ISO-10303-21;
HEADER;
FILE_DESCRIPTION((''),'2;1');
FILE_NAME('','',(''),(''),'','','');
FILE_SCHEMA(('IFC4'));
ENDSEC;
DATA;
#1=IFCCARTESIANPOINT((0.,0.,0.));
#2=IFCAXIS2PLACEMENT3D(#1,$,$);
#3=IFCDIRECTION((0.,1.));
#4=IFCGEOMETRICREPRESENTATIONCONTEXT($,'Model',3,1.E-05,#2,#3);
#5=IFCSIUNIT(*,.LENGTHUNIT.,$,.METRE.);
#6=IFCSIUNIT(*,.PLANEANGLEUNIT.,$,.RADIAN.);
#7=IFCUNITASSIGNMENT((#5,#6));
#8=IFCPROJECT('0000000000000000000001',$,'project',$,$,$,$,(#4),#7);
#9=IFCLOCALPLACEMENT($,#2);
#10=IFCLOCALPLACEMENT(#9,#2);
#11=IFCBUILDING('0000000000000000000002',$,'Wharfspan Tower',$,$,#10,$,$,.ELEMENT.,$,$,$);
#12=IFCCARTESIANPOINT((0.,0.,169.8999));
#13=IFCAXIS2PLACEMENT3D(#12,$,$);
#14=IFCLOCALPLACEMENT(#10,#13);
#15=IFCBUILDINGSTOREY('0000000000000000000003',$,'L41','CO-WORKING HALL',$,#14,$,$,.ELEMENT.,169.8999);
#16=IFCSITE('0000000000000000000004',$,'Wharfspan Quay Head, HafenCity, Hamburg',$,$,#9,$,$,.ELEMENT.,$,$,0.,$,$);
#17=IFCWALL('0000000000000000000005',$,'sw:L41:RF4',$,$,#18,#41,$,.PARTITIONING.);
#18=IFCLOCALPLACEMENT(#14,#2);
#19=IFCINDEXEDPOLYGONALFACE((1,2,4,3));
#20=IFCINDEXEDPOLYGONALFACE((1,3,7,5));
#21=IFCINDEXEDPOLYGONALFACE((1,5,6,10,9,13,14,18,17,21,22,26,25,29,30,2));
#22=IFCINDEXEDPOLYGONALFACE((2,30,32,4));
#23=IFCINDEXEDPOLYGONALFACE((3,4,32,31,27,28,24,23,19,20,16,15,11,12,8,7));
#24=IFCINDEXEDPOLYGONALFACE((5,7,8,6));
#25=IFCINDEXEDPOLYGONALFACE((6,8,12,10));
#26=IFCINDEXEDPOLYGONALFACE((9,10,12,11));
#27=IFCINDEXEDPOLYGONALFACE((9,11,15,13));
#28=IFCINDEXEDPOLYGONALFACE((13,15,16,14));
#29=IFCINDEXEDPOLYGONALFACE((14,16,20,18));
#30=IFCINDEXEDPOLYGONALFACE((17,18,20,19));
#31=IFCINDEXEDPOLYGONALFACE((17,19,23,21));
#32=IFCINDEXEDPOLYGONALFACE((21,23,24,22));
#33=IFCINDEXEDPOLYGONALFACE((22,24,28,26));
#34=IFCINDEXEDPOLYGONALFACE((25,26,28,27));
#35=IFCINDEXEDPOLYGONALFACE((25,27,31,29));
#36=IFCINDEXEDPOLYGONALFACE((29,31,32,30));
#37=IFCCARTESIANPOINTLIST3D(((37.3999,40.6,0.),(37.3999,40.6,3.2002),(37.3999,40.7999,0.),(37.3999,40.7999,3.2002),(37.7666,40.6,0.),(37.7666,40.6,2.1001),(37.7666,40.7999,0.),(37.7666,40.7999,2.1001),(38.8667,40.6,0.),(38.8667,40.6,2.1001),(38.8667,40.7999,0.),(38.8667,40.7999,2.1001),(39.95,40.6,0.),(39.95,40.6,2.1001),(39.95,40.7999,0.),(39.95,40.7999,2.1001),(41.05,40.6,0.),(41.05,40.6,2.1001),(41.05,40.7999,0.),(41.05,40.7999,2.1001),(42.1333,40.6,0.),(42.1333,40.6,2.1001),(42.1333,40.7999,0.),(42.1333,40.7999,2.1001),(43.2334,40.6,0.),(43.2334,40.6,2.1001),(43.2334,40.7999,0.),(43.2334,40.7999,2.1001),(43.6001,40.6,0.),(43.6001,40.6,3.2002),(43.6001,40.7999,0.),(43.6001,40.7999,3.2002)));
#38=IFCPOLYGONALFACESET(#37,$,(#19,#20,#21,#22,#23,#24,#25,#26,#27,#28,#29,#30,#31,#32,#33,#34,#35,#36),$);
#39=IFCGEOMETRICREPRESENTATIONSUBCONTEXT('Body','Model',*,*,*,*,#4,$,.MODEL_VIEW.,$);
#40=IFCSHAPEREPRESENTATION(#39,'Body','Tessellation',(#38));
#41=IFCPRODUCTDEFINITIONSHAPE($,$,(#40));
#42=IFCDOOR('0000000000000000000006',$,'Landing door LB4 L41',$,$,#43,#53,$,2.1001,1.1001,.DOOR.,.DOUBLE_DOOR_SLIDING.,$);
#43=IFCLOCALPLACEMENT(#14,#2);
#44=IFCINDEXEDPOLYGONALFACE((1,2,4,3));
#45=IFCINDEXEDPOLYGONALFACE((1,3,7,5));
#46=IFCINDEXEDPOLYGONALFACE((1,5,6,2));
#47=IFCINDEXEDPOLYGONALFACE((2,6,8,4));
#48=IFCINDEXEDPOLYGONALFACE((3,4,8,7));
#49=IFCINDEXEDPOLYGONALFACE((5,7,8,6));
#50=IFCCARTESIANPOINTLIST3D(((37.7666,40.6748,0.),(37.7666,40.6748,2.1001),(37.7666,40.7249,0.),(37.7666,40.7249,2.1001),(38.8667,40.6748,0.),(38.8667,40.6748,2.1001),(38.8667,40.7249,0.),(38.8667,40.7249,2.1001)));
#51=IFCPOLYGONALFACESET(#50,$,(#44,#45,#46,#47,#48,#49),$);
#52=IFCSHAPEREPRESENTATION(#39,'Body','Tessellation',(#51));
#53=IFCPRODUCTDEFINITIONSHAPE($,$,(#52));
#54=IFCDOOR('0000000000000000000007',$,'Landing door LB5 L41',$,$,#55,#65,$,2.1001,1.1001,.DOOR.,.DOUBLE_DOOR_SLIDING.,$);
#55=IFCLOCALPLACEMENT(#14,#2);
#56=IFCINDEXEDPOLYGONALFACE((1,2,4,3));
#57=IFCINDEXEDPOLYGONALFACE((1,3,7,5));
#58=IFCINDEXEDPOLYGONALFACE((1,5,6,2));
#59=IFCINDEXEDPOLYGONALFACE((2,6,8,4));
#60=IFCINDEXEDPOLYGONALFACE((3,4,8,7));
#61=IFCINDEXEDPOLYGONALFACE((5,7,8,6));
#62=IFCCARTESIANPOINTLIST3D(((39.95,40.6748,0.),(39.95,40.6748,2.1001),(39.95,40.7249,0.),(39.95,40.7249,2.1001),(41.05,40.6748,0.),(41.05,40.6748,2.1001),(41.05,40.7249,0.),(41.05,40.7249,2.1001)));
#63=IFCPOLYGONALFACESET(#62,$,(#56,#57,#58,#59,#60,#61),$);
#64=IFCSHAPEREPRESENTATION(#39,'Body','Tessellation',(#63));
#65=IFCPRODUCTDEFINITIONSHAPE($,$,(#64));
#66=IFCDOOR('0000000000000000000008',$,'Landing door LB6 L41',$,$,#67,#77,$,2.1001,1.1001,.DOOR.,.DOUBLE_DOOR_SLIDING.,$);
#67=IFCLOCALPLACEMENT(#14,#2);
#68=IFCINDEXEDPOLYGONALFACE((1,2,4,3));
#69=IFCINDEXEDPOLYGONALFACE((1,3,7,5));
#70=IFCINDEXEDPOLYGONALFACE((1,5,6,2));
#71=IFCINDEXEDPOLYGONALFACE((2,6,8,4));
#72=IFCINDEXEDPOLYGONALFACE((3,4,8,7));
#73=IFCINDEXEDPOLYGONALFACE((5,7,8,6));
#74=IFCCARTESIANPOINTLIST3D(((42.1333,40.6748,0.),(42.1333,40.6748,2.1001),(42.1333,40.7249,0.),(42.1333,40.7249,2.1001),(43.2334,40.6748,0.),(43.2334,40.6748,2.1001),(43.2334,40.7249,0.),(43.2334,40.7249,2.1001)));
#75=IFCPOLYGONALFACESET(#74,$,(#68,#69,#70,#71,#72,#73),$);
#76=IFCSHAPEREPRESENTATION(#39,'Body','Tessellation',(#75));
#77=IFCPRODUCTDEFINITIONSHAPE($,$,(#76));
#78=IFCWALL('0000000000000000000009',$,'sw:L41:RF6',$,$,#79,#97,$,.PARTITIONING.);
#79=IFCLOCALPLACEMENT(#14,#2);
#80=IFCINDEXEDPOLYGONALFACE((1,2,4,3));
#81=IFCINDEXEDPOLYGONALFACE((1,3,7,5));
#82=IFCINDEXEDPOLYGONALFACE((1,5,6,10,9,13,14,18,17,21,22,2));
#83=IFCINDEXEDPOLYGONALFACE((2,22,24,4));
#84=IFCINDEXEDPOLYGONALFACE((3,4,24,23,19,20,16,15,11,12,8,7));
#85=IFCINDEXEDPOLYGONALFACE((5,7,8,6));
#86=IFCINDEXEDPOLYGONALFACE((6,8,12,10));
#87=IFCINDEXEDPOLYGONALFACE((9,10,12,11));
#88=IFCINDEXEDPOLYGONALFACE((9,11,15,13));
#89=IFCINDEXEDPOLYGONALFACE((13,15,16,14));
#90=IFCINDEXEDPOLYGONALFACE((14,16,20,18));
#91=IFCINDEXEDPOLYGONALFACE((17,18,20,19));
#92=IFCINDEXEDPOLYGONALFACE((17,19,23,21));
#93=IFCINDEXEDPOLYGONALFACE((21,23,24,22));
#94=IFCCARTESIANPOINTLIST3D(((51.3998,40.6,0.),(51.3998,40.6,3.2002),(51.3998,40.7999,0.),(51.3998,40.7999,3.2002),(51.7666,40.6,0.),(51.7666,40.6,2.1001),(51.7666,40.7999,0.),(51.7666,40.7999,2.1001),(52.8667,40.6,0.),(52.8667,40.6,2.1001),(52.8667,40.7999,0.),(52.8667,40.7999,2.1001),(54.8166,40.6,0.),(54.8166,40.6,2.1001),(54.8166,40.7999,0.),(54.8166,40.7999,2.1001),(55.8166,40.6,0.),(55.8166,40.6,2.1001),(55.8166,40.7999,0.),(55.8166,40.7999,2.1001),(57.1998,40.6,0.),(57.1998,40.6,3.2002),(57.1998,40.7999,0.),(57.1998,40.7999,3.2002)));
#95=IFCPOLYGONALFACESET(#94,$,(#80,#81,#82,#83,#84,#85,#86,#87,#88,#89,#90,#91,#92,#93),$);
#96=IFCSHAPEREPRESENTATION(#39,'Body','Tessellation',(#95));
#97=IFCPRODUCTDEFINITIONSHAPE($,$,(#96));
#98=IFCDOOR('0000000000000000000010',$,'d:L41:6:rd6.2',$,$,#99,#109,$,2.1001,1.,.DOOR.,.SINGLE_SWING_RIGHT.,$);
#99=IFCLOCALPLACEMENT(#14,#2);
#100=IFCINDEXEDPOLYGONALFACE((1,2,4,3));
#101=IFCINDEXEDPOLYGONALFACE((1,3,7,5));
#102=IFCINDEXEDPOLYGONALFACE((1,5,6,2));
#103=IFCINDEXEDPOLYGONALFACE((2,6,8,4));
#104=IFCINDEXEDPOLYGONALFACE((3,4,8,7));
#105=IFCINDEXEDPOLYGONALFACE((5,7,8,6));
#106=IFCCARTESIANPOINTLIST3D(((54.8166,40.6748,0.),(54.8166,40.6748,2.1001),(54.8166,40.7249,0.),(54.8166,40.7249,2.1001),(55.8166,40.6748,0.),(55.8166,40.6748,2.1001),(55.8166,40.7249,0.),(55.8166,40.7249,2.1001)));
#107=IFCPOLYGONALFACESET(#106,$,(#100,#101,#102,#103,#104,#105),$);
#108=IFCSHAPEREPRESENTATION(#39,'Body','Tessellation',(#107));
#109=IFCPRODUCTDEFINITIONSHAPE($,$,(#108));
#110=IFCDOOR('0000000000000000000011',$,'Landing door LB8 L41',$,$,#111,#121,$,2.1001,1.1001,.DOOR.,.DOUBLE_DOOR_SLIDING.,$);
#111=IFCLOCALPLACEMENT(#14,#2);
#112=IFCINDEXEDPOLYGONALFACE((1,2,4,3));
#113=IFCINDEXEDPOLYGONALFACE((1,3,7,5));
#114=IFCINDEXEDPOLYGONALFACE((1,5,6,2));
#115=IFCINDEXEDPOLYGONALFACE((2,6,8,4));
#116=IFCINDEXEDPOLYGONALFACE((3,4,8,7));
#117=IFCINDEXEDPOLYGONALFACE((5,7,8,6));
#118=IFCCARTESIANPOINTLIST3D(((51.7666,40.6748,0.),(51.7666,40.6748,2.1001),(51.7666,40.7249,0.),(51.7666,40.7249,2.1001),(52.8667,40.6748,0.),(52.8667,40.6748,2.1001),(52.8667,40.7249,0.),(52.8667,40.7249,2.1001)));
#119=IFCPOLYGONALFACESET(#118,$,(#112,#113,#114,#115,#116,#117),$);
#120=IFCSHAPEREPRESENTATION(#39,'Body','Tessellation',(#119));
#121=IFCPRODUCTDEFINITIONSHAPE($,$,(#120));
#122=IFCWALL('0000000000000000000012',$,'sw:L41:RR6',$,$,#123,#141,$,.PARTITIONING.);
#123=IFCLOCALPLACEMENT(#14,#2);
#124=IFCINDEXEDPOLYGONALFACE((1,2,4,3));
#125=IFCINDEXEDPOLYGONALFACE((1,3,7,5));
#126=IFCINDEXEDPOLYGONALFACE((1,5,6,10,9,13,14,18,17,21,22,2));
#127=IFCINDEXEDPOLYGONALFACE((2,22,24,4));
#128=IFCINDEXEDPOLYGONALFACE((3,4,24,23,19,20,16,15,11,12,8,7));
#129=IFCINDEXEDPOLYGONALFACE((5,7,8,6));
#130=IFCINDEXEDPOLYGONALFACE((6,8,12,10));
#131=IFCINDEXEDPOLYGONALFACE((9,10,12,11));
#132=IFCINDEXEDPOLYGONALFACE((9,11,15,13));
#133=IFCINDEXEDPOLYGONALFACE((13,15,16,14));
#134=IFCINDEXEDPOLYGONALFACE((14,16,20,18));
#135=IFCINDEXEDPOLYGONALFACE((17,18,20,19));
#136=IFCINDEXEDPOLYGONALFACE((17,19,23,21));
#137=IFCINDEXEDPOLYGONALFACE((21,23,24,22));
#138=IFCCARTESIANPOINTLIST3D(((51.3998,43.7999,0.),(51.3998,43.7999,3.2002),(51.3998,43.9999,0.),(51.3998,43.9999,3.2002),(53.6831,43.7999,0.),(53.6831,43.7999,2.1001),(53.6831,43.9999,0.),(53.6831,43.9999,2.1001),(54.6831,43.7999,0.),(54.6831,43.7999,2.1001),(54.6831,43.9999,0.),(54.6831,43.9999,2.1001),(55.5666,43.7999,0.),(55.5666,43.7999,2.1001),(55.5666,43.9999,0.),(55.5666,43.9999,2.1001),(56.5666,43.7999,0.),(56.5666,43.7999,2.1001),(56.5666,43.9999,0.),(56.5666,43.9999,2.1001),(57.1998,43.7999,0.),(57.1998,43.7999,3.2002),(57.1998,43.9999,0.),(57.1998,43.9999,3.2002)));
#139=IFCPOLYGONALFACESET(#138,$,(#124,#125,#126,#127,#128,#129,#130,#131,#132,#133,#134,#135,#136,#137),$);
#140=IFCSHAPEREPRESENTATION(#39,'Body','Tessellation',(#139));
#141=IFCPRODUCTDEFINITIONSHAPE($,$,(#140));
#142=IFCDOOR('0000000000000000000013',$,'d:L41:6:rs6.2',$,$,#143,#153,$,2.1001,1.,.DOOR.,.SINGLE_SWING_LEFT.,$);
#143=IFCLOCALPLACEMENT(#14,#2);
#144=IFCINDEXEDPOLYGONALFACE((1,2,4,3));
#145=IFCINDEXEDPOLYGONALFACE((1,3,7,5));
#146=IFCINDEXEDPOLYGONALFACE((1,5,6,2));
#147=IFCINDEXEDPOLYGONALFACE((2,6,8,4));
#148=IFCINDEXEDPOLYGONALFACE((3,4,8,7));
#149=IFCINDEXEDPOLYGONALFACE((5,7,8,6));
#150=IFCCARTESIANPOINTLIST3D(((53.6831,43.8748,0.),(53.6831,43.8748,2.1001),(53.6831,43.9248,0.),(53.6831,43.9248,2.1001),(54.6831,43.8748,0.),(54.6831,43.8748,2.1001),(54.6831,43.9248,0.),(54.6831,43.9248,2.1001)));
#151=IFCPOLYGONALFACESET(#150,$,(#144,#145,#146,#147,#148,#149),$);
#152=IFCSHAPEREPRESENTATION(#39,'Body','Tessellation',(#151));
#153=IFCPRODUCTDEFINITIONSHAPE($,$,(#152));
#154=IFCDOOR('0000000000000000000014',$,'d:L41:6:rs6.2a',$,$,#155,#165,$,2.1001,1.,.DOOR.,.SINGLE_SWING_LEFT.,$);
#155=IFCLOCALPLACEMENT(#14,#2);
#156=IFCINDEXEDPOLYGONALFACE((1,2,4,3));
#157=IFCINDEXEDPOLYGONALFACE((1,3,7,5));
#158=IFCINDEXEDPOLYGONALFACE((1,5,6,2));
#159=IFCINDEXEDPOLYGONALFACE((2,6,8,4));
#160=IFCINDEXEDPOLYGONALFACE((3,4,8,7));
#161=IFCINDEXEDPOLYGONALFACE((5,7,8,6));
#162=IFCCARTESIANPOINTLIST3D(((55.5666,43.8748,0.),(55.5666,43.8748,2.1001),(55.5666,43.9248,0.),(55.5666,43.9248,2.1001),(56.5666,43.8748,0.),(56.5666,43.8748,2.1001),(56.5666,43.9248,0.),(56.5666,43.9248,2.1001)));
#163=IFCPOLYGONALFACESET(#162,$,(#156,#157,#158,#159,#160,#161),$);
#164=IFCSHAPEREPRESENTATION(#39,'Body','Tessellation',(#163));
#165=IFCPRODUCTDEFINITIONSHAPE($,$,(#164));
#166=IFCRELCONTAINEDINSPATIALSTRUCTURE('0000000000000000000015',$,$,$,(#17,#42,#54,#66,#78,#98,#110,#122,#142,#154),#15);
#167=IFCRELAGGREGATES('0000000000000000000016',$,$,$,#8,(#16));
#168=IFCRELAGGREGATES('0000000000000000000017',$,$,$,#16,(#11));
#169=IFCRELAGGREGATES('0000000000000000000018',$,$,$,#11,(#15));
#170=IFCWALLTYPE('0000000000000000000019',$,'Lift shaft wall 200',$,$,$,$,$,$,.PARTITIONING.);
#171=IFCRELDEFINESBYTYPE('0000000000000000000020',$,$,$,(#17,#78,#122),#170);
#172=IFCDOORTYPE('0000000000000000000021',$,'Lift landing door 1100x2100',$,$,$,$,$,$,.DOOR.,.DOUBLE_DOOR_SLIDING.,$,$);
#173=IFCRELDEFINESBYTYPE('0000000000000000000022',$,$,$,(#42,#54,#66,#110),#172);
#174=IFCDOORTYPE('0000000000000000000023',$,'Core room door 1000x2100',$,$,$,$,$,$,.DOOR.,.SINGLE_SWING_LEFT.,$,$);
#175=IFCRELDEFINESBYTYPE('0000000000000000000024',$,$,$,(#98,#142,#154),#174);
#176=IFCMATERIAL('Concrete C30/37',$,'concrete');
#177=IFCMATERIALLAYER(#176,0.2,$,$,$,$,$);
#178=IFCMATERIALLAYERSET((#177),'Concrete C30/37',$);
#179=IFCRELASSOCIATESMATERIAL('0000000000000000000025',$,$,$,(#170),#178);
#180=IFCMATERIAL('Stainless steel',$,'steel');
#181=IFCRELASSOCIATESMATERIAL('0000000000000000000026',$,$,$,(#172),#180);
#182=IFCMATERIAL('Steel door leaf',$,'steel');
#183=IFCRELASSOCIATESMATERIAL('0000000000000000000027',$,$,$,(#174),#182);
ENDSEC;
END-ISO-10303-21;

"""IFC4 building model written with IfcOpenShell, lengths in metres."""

from ifc_helpers import new_model, si_unit, direction, frame, frame_2d, origin, place, context, subcontext, project, spatial, rectangle, extrude, material, layer, layer_set, type_object, element, fill, save


model = new_model("IFC4")

# Units and contexts
model_context = context("Model", 3, precision=1e-05, world=origin(), true_north=direction((0.0, 1.0)))
body_context = subcontext(model_context, "Body", "Model", "MODEL_VIEW")
ifc_project = project(units=[si_unit("LENGTHUNIT", "METRE"), si_unit("PLANEANGLEUNIT", "RADIAN")], contexts=[model_context])

# Site, building, storey
site_placement = place(None, origin())
site = spatial("IfcSite", under=ifc_project, at=site_placement, Name="Wharfspan Quay Head, HafenCity, Hamburg", CompositionType="ELEMENT", RefElevation=0.0)
building_placement = place(site_placement, origin())
building = spatial("IfcBuilding", under=site, at=building_placement, Name="Wharfspan Tower", CompositionType="ELEMENT")
storey_placement = place(building_placement, frame((0.0, 0.0, 169.8999)))
storey = spatial("IfcBuildingStorey", under=building, at=storey_placement, Name="L41", Description="CO-WORKING HALL", CompositionType="ELEMENT", Elevation=169.8999)

# Walls, openings, doors
ifc_material_1 = material(Name="Concrete C30/37", Category="concrete")
ifc_layer_1 = layer(ifc_material_1, 0.2)
ifc_layer_set_1 = layer_set([ifc_layer_1], Name="Concrete C30/37")
wall_type_1 = type_object("IfcWallType", Name="Lift shaft wall 200", PredefinedType="PARTITIONING", material=ifc_layer_set_1)
wall_1_placement = place(storey_placement, frame((37.3999, 40.7, 0.0), z_axis=(0.0, 0.0, 1.0), x_axis=(1.0, 0.0, 0.0)))
wall_1 = element("IfcWall", 1, at=wall_1_placement, inside=storey, type_object=wall_type_1, Name="sw:L41:RF4", PredefinedType="PARTITIONING", context=body_context, shape_type="SweptSolid", body=[
    extrude(rectangle(XDim=6.2002, YDim=0.2, at=frame_2d((3.1001, 0.0))), origin(), (0.0, 0.0, 1.0), 3.2002),
])
opening_1_placement = place(wall_1_placement, frame((0.3667, 0.0, 0.0)))
opening_1 = element("IfcOpeningElement", 2, at=opening_1_placement, cuts=wall_1, PredefinedType="OPENING", context=body_context, shape_type="SweptSolid", body=[
    extrude(rectangle(XDim=1.1001, YDim=2.1001, at=frame_2d((0.55, 1.05))), frame((0.0, 0.1099, 0.0), z_axis=(0.0, -1.0, 0.0), x_axis=(1.0, 0.0, 0.0)), (0.0, 0.0, 1.0), 0.22),
])
opening_2_placement = place(wall_1_placement, frame((2.55, 0.0, 0.0)))
opening_2 = element("IfcOpeningElement", 3, at=opening_2_placement, cuts=wall_1, PredefinedType="OPENING", context=body_context, shape_type="SweptSolid", body=[
    extrude(rectangle(XDim=1.1001, YDim=2.1001, at=frame_2d((0.55, 1.05))), frame((0.0, 0.1099, 0.0), z_axis=(0.0, -1.0, 0.0), x_axis=(1.0, 0.0, 0.0)), (0.0, 0.0, 1.0), 0.22),
])
opening_3_placement = place(wall_1_placement, frame((4.7334, 0.0, 0.0)))
opening_3 = element("IfcOpeningElement", 4, at=opening_3_placement, cuts=wall_1, PredefinedType="OPENING", context=body_context, shape_type="SweptSolid", body=[
    extrude(rectangle(XDim=1.1001, YDim=2.1001, at=frame_2d((0.55, 1.05))), frame((0.0, 0.1099, 0.0), z_axis=(0.0, -1.0, 0.0), x_axis=(1.0, 0.0, 0.0)), (0.0, 0.0, 1.0), 0.22),
])
ifc_material_2 = material(Name="Stainless steel", Category="steel")
door_type_1 = type_object("IfcDoorType", Name="Lift landing door 1100x2100", OperationType="DOUBLE_DOOR_SLIDING", PredefinedType="DOOR", material=ifc_material_2)
door_1_placement = place(opening_1_placement, origin())
door_1 = element("IfcDoor", 5, at=door_1_placement, inside=storey, type_object=door_type_1, Name="Landing door LB4 L41", OperationType="DOUBLE_DOOR_SLIDING", OverallHeight=2.1001, OverallWidth=1.1001, PredefinedType="DOOR", context=body_context, shape_type="SweptSolid", body=[
    extrude(rectangle(XDim=1.1001, YDim=2.1001, at=frame_2d((0.55, 1.05))), frame((0.0, 0.0249, 0.0), z_axis=(0.0, -1.0, 0.0), x_axis=(1.0, 0.0, 0.0)), (0.0, 0.0, 1.0), 0.05),
])
fill(opening_1, door_1)
door_2_placement = place(opening_2_placement, origin())
door_2 = element("IfcDoor", 6, at=door_2_placement, inside=storey, type_object=door_type_1, Name="Landing door LB5 L41", OperationType="DOUBLE_DOOR_SLIDING", OverallHeight=2.1001, OverallWidth=1.1001, PredefinedType="DOOR", context=body_context, shape_type="SweptSolid", body=[
    extrude(rectangle(XDim=1.1001, YDim=2.1001, at=frame_2d((0.55, 1.05))), frame((0.0, 0.0249, 0.0), z_axis=(0.0, -1.0, 0.0), x_axis=(1.0, 0.0, 0.0)), (0.0, 0.0, 1.0), 0.05),
])
fill(opening_2, door_2)
door_3_placement = place(opening_3_placement, origin())
door_3 = element("IfcDoor", 7, at=door_3_placement, inside=storey, type_object=door_type_1, Name="Landing door LB6 L41", OperationType="DOUBLE_DOOR_SLIDING", OverallHeight=2.1001, OverallWidth=1.1001, PredefinedType="DOOR", context=body_context, shape_type="SweptSolid", body=[
    extrude(rectangle(XDim=1.1001, YDim=2.1001, at=frame_2d((0.55, 1.05))), frame((0.0, 0.0249, 0.0), z_axis=(0.0, -1.0, 0.0), x_axis=(1.0, 0.0, 0.0)), (0.0, 0.0, 1.0), 0.05),
])
fill(opening_3, door_3)
wall_2_placement = place(storey_placement, frame((51.3999, 40.7, 0.0), z_axis=(0.0, 0.0, 1.0), x_axis=(1.0, 0.0, 0.0)))
wall_2 = element("IfcWall", 8, at=wall_2_placement, inside=storey, type_object=wall_type_1, Name="sw:L41:RF6", PredefinedType="PARTITIONING", context=body_context, shape_type="SweptSolid", body=[
    extrude(rectangle(XDim=5.8, YDim=0.2, at=frame_2d((2.8999, 0.0))), origin(), (0.0, 0.0, 1.0), 3.2002),
])
opening_4_placement = place(wall_2_placement, frame((0.3667, 0.0, 0.0)))
opening_4 = element("IfcOpeningElement", 9, at=opening_4_placement, cuts=wall_2, PredefinedType="OPENING", context=body_context, shape_type="SweptSolid", body=[
    extrude(rectangle(XDim=1.1001, YDim=2.1001, at=frame_2d((0.55, 1.05))), frame((0.0, 0.1099, 0.0), z_axis=(0.0, -1.0, 0.0), x_axis=(1.0, 0.0, 0.0)), (0.0, 0.0, 1.0), 0.22),
])
opening_5_placement = place(wall_2_placement, frame((3.4167, 0.0, 0.0)))
opening_5 = element("IfcOpeningElement", 10, at=opening_5_placement, cuts=wall_2, PredefinedType="OPENING", context=body_context, shape_type="SweptSolid", body=[
    extrude(rectangle(XDim=1.0, YDim=2.1001, at=frame_2d((0.5, 1.05))), frame((0.0, 0.1099, 0.0), z_axis=(0.0, -1.0, 0.0), x_axis=(1.0, 0.0, 0.0)), (0.0, 0.0, 1.0), 0.22),
])
ifc_material_3 = material(Name="Steel door leaf", Category="steel")
door_type_2 = type_object("IfcDoorType", Name="Core room door 1000x2100", OperationType="SINGLE_SWING_LEFT", PredefinedType="DOOR", material=ifc_material_3)
door_4_placement = place(opening_5_placement, origin())
door_4 = element("IfcDoor", 11, at=door_4_placement, inside=storey, type_object=door_type_2, Name="d:L41:6:rd6.2", OperationType="SINGLE_SWING_RIGHT", OverallHeight=2.1001, OverallWidth=1.0, PredefinedType="DOOR", context=body_context, shape_type="SweptSolid", body=[
    extrude(rectangle(XDim=1.0, YDim=2.1001, at=frame_2d((0.5, 1.05))), frame((0.0, 0.0249, 0.0), z_axis=(0.0, -1.0, 0.0), x_axis=(1.0, 0.0, 0.0)), (0.0, 0.0, 1.0), 0.05),
])
fill(opening_5, door_4)
door_5_placement = place(opening_4_placement, origin())
door_5 = element("IfcDoor", 12, at=door_5_placement, inside=storey, type_object=door_type_1, Name="Landing door LB8 L41", OperationType="DOUBLE_DOOR_SLIDING", OverallHeight=2.1001, OverallWidth=1.1001, PredefinedType="DOOR", context=body_context, shape_type="SweptSolid", body=[
    extrude(rectangle(XDim=1.1001, YDim=2.1001, at=frame_2d((0.55, 1.05))), frame((0.0, 0.0249, 0.0), z_axis=(0.0, -1.0, 0.0), x_axis=(1.0, 0.0, 0.0)), (0.0, 0.0, 1.0), 0.05),
])
fill(opening_4, door_5)
wall_3_placement = place(storey_placement, frame((51.3999, 43.8999, 0.0), z_axis=(0.0, 0.0, 1.0), x_axis=(1.0, 0.0, 0.0)))
wall_3 = element("IfcWall", 13, at=wall_3_placement, inside=storey, type_object=wall_type_1, Name="sw:L41:RR6", PredefinedType="PARTITIONING", context=body_context, shape_type="SweptSolid", body=[
    extrude(rectangle(XDim=5.8, YDim=0.2, at=frame_2d((2.8999, 0.0))), origin(), (0.0, 0.0, 1.0), 3.2002),
])
opening_6_placement = place(wall_3_placement, frame((2.2832, 0.0, 0.0)))
opening_6 = element("IfcOpeningElement", 14, at=opening_6_placement, cuts=wall_3, PredefinedType="OPENING", context=body_context, shape_type="SweptSolid", body=[
    extrude(rectangle(XDim=1.0, YDim=2.1001, at=frame_2d((0.5, 1.05))), frame((0.0, 0.1099, 0.0), z_axis=(0.0, -1.0, 0.0), x_axis=(1.0, 0.0, 0.0)), (0.0, 0.0, 1.0), 0.22),
])
opening_7_placement = place(wall_3_placement, frame((4.1667, 0.0, 0.0)))
opening_7 = element("IfcOpeningElement", 15, at=opening_7_placement, cuts=wall_3, PredefinedType="OPENING", context=body_context, shape_type="SweptSolid", body=[
    extrude(rectangle(XDim=1.0, YDim=2.1001, at=frame_2d((0.5, 1.05))), frame((0.0, 0.1099, 0.0), z_axis=(0.0, -1.0, 0.0), x_axis=(1.0, 0.0, 0.0)), (0.0, 0.0, 1.0), 0.22),
])
door_6_placement = place(opening_6_placement, origin())
door_6 = element("IfcDoor", 16, at=door_6_placement, inside=storey, type_object=door_type_2, Name="d:L41:6:rs6.2", OperationType="SINGLE_SWING_LEFT", OverallHeight=2.1001, OverallWidth=1.0, PredefinedType="DOOR", context=body_context, shape_type="SweptSolid", body=[
    extrude(rectangle(XDim=1.0, YDim=2.1001, at=frame_2d((0.5, 1.05))), frame((0.0, 0.0249, 0.0), z_axis=(0.0, -1.0, 0.0), x_axis=(1.0, 0.0, 0.0)), (0.0, 0.0, 1.0), 0.05),
])
fill(opening_6, door_6)
door_7_placement = place(opening_7_placement, origin())
door_7 = element("IfcDoor", 17, at=door_7_placement, inside=storey, type_object=door_type_2, Name="d:L41:6:rs6.2a", OperationType="SINGLE_SWING_LEFT", OverallHeight=2.1001, OverallWidth=1.0, PredefinedType="DOOR", context=body_context, shape_type="SweptSolid", body=[
    extrude(rectangle(XDim=1.0, YDim=2.1001, at=frame_2d((0.5, 1.05))), frame((0.0, 0.0249, 0.0), z_axis=(0.0, -1.0, 0.0), x_axis=(1.0, 0.0, 0.0)), (0.0, 0.0, 1.0), 0.05),
])
fill(opening_7, door_7)

save(model, "model.ifc")
